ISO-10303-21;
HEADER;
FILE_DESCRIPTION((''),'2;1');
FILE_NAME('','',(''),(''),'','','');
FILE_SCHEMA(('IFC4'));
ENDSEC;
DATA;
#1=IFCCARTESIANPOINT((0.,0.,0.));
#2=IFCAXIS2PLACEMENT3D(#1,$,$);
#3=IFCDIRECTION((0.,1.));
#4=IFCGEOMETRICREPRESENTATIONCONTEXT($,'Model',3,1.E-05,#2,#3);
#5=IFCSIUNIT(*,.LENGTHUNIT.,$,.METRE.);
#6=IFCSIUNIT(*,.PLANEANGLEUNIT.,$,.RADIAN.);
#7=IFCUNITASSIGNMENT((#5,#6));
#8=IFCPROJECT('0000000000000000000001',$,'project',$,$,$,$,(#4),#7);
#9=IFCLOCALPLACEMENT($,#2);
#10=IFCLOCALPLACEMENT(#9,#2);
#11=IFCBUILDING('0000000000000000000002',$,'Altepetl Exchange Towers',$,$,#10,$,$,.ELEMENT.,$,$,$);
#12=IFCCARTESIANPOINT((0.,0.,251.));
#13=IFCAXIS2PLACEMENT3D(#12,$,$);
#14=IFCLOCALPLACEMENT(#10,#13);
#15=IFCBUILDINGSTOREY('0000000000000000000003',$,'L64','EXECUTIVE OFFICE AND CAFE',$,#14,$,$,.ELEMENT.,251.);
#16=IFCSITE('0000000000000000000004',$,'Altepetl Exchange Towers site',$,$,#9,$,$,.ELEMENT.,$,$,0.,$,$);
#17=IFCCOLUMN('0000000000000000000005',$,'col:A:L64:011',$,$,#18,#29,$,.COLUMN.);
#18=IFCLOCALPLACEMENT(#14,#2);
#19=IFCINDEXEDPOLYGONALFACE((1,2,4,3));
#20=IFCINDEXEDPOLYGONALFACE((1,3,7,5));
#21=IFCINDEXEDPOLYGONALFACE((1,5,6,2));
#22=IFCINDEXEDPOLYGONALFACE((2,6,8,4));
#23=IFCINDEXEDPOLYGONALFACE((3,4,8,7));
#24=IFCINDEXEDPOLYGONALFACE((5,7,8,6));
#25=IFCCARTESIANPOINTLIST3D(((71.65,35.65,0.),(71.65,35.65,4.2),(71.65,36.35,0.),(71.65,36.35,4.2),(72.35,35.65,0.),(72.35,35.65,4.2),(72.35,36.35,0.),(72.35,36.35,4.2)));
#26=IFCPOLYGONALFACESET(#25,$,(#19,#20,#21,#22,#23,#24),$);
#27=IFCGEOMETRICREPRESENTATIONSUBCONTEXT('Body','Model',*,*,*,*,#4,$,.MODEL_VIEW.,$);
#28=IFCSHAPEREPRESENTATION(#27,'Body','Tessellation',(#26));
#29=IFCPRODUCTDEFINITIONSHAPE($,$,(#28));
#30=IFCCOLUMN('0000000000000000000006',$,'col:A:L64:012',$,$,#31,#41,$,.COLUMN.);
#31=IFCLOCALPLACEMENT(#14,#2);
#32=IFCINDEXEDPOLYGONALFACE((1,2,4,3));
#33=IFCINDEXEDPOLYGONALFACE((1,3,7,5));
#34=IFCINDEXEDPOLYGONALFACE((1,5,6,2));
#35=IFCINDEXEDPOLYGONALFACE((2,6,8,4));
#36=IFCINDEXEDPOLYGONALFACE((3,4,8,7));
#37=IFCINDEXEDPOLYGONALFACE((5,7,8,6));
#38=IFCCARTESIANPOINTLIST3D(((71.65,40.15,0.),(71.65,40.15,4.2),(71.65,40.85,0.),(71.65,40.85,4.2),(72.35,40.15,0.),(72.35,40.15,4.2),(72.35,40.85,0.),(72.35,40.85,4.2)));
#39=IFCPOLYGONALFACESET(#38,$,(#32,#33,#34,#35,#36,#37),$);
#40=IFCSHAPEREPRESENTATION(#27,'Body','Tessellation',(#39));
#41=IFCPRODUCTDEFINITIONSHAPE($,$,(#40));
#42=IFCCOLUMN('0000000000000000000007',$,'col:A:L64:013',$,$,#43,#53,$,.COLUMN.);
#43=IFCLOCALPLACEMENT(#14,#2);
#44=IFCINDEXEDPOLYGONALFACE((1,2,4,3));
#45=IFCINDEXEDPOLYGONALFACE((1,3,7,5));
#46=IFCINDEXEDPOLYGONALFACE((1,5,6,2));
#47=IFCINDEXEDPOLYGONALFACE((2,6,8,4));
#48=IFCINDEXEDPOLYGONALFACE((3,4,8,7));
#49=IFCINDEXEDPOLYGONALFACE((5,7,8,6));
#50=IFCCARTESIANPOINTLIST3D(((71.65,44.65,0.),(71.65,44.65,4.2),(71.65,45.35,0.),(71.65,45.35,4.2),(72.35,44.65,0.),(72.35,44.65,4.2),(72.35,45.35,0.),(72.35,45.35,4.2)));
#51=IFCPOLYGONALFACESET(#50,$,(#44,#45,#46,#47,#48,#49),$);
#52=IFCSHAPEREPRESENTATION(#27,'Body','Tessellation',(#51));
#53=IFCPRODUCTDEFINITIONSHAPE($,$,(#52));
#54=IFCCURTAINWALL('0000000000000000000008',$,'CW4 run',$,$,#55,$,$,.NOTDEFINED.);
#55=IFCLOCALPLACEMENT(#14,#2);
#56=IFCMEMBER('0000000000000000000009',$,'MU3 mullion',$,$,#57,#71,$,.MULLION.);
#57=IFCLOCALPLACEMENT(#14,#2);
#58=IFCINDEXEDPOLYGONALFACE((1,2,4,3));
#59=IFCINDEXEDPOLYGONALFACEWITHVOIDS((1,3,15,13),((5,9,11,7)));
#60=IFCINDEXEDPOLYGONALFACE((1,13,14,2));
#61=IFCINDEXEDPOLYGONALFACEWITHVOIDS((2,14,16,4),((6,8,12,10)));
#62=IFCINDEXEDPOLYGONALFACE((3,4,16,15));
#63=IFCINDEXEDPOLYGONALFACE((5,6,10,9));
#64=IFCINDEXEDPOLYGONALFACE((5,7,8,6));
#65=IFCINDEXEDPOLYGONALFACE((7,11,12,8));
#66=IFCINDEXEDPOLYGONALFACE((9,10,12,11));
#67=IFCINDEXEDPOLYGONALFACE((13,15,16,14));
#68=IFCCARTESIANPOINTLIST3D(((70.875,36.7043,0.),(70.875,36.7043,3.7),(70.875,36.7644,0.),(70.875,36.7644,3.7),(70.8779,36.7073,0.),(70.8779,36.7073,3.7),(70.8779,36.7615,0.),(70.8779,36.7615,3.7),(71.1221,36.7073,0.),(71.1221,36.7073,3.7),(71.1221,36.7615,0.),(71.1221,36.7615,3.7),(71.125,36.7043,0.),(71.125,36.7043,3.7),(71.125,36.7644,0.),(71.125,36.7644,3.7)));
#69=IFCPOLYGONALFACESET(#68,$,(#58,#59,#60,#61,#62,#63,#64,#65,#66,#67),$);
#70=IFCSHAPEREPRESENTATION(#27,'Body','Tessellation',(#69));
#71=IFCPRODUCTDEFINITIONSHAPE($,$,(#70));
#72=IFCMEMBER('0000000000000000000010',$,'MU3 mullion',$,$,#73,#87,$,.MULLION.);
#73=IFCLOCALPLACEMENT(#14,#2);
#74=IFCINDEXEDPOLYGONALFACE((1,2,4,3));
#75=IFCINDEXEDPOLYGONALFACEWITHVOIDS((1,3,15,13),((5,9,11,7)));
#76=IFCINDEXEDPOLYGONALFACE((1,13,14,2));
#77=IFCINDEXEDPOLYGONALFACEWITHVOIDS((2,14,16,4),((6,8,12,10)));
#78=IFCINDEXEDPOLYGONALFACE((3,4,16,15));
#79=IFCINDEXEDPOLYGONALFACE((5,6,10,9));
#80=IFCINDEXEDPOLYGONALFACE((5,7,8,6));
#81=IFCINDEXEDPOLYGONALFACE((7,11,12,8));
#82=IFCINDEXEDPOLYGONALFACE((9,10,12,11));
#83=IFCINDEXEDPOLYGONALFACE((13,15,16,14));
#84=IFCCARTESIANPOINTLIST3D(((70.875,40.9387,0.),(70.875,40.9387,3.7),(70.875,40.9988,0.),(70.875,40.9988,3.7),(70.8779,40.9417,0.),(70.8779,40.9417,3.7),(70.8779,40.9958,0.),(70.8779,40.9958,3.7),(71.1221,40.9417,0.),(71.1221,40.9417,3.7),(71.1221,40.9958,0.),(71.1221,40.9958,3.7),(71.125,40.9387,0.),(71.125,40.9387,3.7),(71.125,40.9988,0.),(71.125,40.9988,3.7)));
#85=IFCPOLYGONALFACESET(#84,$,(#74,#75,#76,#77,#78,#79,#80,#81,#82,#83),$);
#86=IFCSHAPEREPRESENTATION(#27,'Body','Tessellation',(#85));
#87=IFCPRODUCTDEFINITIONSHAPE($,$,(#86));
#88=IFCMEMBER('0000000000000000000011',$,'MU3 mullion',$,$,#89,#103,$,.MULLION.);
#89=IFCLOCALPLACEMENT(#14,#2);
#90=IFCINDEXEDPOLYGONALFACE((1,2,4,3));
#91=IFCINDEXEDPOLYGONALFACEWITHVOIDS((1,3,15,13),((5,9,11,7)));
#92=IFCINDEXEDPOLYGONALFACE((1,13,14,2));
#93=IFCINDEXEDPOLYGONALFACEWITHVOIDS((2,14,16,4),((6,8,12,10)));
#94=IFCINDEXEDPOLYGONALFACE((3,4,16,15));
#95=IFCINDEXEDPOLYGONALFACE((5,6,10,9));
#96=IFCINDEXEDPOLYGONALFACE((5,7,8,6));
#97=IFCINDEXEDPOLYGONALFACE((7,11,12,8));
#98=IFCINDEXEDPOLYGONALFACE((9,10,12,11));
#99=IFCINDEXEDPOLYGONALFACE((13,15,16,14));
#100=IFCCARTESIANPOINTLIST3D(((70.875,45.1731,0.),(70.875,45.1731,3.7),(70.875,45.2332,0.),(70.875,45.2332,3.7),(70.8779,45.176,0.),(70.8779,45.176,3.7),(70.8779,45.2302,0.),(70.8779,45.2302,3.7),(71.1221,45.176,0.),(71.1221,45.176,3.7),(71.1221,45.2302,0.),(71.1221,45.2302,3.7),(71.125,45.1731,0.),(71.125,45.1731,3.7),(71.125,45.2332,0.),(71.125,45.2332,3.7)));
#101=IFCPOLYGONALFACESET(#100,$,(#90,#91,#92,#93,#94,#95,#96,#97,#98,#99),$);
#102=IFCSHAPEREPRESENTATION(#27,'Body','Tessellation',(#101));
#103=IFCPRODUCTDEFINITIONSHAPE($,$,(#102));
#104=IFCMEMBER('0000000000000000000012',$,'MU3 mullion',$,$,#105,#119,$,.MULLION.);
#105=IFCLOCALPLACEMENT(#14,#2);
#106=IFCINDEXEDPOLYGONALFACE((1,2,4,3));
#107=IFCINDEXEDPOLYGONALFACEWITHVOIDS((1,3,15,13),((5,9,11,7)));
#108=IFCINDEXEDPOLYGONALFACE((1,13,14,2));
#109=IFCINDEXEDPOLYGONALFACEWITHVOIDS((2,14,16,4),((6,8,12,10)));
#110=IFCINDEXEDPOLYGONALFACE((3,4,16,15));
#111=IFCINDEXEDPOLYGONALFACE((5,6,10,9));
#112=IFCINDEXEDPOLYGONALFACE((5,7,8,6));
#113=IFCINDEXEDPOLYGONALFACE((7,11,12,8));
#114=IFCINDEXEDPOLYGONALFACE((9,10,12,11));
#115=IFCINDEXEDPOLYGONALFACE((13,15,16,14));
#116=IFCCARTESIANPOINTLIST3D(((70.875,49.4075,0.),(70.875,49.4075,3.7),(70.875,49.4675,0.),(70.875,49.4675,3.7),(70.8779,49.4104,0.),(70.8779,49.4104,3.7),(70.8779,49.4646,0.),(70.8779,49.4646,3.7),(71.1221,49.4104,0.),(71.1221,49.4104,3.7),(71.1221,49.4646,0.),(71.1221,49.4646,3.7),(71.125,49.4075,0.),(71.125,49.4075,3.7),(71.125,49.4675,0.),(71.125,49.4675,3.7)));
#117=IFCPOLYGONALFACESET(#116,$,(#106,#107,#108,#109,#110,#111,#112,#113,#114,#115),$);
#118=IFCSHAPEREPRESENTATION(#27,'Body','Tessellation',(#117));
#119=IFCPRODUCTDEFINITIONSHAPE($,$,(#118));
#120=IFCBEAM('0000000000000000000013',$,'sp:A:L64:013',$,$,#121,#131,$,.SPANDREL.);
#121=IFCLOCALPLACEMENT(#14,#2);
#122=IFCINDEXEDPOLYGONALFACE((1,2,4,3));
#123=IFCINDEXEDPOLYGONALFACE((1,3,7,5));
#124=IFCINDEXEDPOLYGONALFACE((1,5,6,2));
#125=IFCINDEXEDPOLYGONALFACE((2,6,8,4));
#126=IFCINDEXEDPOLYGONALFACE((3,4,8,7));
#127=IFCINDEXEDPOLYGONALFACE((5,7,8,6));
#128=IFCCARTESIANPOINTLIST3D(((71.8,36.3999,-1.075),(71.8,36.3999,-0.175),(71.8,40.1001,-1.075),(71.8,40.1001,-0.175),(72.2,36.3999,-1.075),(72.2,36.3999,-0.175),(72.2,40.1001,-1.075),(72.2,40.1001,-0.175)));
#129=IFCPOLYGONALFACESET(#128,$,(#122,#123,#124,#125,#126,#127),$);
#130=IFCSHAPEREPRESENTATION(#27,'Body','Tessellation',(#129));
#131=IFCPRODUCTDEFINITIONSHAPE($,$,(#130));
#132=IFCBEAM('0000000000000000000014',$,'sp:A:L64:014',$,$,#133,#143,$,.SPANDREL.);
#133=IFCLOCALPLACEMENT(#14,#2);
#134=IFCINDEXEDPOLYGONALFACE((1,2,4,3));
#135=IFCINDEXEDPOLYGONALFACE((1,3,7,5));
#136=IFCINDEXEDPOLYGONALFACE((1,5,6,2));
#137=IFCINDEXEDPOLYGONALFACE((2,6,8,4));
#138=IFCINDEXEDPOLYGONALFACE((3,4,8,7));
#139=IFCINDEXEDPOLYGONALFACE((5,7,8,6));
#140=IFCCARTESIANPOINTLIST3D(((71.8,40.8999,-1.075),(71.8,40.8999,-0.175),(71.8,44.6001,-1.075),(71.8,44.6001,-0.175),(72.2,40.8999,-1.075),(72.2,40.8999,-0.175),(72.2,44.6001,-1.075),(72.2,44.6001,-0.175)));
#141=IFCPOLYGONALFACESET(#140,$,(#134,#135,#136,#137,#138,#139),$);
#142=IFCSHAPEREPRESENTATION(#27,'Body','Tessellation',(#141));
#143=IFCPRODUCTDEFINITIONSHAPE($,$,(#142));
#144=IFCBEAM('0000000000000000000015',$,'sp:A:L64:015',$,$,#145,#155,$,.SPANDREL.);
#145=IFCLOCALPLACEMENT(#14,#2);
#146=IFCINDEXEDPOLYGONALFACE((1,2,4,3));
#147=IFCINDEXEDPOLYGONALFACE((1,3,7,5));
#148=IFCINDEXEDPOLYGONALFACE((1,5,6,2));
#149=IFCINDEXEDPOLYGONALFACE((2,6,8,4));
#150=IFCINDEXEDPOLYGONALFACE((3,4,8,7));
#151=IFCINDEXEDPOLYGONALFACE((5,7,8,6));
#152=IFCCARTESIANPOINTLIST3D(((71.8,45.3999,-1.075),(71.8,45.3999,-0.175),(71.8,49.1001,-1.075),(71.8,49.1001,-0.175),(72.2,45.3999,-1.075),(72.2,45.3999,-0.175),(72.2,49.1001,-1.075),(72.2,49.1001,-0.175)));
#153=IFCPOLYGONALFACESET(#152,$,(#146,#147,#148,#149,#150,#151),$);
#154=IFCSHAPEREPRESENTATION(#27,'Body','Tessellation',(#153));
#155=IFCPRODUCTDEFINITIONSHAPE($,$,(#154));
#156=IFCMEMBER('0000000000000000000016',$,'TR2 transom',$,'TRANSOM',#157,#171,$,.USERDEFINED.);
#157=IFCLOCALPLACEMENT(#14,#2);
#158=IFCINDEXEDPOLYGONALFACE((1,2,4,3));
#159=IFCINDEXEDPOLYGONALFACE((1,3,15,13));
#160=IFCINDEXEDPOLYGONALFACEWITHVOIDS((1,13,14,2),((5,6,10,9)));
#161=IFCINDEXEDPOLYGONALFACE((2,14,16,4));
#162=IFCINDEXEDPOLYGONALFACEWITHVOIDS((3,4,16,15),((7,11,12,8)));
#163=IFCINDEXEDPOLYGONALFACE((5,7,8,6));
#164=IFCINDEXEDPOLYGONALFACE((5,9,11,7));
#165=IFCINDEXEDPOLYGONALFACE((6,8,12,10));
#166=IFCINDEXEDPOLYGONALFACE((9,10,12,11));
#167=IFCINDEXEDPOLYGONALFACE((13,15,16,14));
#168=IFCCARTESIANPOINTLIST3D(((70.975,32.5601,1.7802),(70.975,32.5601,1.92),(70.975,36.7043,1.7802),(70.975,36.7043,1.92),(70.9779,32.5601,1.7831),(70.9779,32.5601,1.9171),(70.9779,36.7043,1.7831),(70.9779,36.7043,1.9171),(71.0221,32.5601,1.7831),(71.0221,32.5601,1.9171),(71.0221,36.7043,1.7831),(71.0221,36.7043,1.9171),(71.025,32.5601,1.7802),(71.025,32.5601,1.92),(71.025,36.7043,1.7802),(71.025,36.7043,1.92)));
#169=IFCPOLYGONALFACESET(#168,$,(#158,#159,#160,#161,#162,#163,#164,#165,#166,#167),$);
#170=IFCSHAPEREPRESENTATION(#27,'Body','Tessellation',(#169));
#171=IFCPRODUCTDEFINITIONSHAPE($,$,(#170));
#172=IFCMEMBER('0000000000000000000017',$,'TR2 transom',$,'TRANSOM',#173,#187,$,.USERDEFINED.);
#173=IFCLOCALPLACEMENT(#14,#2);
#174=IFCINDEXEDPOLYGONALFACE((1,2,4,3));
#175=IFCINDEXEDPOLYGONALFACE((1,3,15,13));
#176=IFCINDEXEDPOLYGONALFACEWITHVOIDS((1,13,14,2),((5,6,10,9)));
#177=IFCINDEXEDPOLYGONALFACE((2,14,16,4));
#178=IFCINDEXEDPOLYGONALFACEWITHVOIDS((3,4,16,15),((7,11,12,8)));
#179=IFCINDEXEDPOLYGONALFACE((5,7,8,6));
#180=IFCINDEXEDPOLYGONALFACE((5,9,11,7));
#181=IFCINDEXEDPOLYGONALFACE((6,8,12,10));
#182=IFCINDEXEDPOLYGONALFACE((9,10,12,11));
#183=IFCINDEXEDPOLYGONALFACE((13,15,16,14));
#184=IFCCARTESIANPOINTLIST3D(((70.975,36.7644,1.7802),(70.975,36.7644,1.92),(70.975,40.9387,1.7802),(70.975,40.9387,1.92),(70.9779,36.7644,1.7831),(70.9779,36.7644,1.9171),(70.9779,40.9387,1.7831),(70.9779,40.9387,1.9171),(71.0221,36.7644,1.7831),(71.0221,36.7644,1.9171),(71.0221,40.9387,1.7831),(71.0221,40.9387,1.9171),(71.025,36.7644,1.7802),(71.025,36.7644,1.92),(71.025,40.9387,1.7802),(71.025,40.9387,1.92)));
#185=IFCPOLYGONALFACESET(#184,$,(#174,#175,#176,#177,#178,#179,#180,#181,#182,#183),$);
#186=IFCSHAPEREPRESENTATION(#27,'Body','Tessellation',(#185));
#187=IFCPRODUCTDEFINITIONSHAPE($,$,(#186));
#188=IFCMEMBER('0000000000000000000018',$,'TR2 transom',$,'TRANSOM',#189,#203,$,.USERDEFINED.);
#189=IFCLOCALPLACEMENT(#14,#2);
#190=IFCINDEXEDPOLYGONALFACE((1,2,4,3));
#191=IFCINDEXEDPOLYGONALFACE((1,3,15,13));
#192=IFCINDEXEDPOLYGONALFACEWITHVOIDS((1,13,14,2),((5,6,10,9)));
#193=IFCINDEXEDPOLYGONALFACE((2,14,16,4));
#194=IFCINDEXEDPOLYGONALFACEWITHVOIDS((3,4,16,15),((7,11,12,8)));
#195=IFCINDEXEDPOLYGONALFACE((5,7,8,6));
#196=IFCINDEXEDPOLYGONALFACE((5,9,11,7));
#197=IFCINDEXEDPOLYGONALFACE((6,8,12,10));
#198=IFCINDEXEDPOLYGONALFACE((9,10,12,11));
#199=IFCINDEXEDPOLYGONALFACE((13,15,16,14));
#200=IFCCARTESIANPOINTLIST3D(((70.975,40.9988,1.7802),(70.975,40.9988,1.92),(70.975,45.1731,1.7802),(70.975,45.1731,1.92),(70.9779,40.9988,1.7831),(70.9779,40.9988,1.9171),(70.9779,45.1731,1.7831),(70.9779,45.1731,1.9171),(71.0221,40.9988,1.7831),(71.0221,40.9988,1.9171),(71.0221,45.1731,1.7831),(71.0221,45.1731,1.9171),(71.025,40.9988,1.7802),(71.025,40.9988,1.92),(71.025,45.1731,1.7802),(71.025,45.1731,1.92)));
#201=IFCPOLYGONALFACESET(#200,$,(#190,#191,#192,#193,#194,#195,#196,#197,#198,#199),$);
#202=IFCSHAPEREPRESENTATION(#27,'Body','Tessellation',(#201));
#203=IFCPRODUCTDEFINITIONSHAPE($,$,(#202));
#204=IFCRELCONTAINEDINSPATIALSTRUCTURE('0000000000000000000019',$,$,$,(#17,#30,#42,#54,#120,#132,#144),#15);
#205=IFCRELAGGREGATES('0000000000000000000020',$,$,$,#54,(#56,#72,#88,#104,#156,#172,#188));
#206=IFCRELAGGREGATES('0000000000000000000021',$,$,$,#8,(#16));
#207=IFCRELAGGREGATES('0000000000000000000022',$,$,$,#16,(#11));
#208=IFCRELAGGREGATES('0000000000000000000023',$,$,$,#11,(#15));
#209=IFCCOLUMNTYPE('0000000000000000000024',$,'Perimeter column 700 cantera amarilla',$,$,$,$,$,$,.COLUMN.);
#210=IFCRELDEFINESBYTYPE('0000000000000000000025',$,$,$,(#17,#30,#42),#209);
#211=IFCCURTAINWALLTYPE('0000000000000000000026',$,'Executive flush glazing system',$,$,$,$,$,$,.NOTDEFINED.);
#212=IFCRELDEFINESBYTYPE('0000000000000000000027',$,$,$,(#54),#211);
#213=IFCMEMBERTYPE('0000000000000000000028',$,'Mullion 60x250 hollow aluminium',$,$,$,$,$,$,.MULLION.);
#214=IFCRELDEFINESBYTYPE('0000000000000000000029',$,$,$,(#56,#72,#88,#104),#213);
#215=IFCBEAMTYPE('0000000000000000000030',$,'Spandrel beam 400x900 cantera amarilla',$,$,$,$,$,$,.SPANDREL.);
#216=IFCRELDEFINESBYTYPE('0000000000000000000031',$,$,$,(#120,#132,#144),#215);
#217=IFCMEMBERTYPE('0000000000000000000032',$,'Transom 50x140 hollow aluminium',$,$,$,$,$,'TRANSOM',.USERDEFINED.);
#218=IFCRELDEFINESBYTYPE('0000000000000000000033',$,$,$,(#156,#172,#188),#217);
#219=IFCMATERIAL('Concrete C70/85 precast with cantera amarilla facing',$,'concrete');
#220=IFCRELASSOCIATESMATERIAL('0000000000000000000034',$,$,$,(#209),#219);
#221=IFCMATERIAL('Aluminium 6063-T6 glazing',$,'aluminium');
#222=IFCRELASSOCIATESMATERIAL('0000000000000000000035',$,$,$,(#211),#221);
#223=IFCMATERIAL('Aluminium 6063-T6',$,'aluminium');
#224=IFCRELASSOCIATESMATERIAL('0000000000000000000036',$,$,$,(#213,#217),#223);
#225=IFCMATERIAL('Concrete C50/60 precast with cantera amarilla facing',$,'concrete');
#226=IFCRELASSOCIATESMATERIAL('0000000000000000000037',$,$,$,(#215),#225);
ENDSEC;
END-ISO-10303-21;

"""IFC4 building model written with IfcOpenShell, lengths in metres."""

from ifc_helpers import new_model, si_unit, direction, frame, origin, origin_2d, place, context, subcontext, project, spatial, rectangle, hollow_rectangle, extrude, material, material_profile, profile_set, type_object, element, aggregate, save


model = new_model("IFC4")

# Units and contexts
model_context = context("Model", 3, precision=1e-05, world=origin(), true_north=direction((0.0, 1.0)))
body_context = subcontext(model_context, "Body", "Model", "MODEL_VIEW")
ifc_project = project(units=[si_unit("LENGTHUNIT", "METRE"), si_unit("PLANEANGLEUNIT", "RADIAN")], contexts=[model_context])

# Site, building, storey
site_placement = place(None, origin())
site = spatial("IfcSite", under=ifc_project, at=site_placement, Name="Altepetl Exchange Towers site", CompositionType="ELEMENT", RefElevation=0.0)
building_placement = place(site_placement, origin())
building = spatial("IfcBuilding", under=site, at=building_placement, Name="Altepetl Exchange Towers", CompositionType="ELEMENT")
storey_placement = place(building_placement, frame((0.0, 0.0, 251.0)))
storey = spatial("IfcBuildingStorey", under=building, at=storey_placement, Name="L64", Description="EXECUTIVE OFFICE AND CAFE", CompositionType="ELEMENT", Elevation=251.0)

# Columns
ifc_material_1 = material(Name="Concrete C70/85 precast with cantera amarilla facing", Category="concrete")
ifc_material_profile_1 = material_profile(ifc_material_1, rectangle(XDim=0.7, YDim=0.7, at=origin_2d()), Name="700 x 700")
ifc_profile_set_1 = profile_set([ifc_material_profile_1], Name="Concrete C70/85 precast with cantera amarilla facing")
column_type = type_object("IfcColumnType", Name="Perimeter column 700 cantera amarilla", PredefinedType="COLUMN", material=ifc_profile_set_1)
for number, where, name in (
    (1, (72.0, 36.0, 0.0), "col:A:L64:011"),
    (2, (72.0, 40.5, 0.0), "col:A:L64:012"),
    (3, (72.0, 45.0, 0.0), "col:A:L64:013"),
):
    element("IfcColumn", number, at=place(storey_placement, frame(where)), inside=storey, type_object=column_type, Name=name, PredefinedType="COLUMN", context=body_context, shape_type="SweptSolid", body=[
        extrude(rectangle(XDim=0.7, YDim=0.7, at=origin_2d()), origin(), (0.0, 0.0, 1.0), 4.2),
    ])

# Curtain wall, members
ifc_material_2 = material(Name="Aluminium 6063-T6 glazing", Category="aluminium")
curtain_wall_type = type_object("IfcCurtainWallType", Name="Executive flush glazing system", PredefinedType="NOTDEFINED", material=ifc_material_2)
curtain_wall_placement = place(storey_placement, origin())
curtain_wall = element("IfcCurtainWall", 4, at=curtain_wall_placement, inside=storey, type_object=curtain_wall_type, Name="CW4 run", PredefinedType="NOTDEFINED")
ifc_material_3 = material(Name="Aluminium 6063-T6", Category="aluminium")
ifc_material_profile_2 = material_profile(ifc_material_3, hollow_rectangle(XDim=0.0601, YDim=0.25, WallThickness=0.0029, at=origin_2d()), Name="Mullion 60x250 hollow aluminium")
ifc_profile_set_2 = profile_set([ifc_material_profile_2], Name="Aluminium 6063-T6")
member_type_1 = type_object("IfcMemberType", Name="Mullion 60x250 hollow aluminium", PredefinedType="MULLION", material=ifc_profile_set_2)
member_1_placement = place(storey_placement, frame((71.0, 36.7344, 0.0), z_axis=(0.0, 0.0, 1.0), x_axis=(0.0, 1.0, 0.0)))
member_1 = element("IfcMember", 5, at=member_1_placement, type_object=member_type_1, Name="MU3 mullion", PredefinedType="MULLION", context=body_context, shape_type="SweptSolid", body=[
    extrude(hollow_rectangle(XDim=0.0601, YDim=0.25, WallThickness=0.0029, at=origin_2d()), origin(), (0.0, 0.0, 1.0), 3.7),
])
member_2_placement = place(storey_placement, frame((71.0, 40.9688, 0.0), z_axis=(0.0, 0.0, 1.0), x_axis=(0.0, 1.0, 0.0)))
member_2 = element("IfcMember", 6, at=member_2_placement, type_object=member_type_1, Name="MU3 mullion", PredefinedType="MULLION", context=body_context, shape_type="SweptSolid", body=[
    extrude(hollow_rectangle(XDim=0.0601, YDim=0.25, WallThickness=0.0029, at=origin_2d()), origin(), (0.0, 0.0, 1.0), 3.7),
])
member_3_placement = place(storey_placement, frame((71.0, 45.2031, 0.0), z_axis=(0.0, 0.0, 1.0), x_axis=(0.0, 1.0, 0.0)))
member_3 = element("IfcMember", 7, at=member_3_placement, type_object=member_type_1, Name="MU3 mullion", PredefinedType="MULLION", context=body_context, shape_type="SweptSolid", body=[
    extrude(hollow_rectangle(XDim=0.0601, YDim=0.25, WallThickness=0.0029, at=origin_2d()), origin(), (0.0, 0.0, 1.0), 3.7),
])
member_4_placement = place(storey_placement, frame((71.0, 49.4375, 0.0), z_axis=(0.0, 0.0, 1.0), x_axis=(0.0, 1.0, 0.0)))
member_4 = element("IfcMember", 8, at=member_4_placement, type_object=member_type_1, Name="MU3 mullion", PredefinedType="MULLION", context=body_context, shape_type="SweptSolid", body=[
    extrude(hollow_rectangle(XDim=0.0601, YDim=0.25, WallThickness=0.0029, at=origin_2d()), origin(), (0.0, 0.0, 1.0), 3.7),
])

# Beams
ifc_material_4 = material(Name="Concrete C50/60 precast with cantera amarilla facing", Category="concrete")
ifc_material_profile_3 = material_profile(ifc_material_4, rectangle(XDim=0.3999, YDim=0.8999, at=origin_2d()), Name="400 x 900")
ifc_profile_set_3 = profile_set([ifc_material_profile_3], Name="Concrete C50/60 precast with cantera amarilla facing")
beam_type = type_object("IfcBeamType", Name="Spandrel beam 400x900 cantera amarilla", PredefinedType="SPANDREL", material=ifc_profile_set_3)
for number, where, z_axis, x_axis, name in (
    (9, (72.0, 36.3999, -0.625), (0.0, 1.0, 0.0), (-1.0, 0.0, 0.0), "sp:A:L64:013"),
    (10, (72.0, 40.8999, -0.625), (0.0, 1.0, 0.0), (-1.0, 0.0, 0.0), "sp:A:L64:014"),
    (11, (72.0, 45.3999, -0.625), (0.0, 1.0, 0.0), (-1.0, 0.0, 0.0), "sp:A:L64:015"),
):
    element("IfcBeam", number, at=place(storey_placement, frame(where, z_axis=z_axis, x_axis=x_axis)), inside=storey, type_object=beam_type, Name=name, PredefinedType="SPANDREL", context=body_context, shape_type="SweptSolid", body=[
        extrude(rectangle(XDim=0.3999, YDim=0.8999, at=origin_2d()), origin(), (0.0, 0.0, 1.0), 3.7002),
    ])

# Members
ifc_material_profile_4 = material_profile(ifc_material_3, hollow_rectangle(XDim=0.05, YDim=0.1399, WallThickness=0.0029, at=origin_2d()), Name="Transom 50x140 hollow aluminium")
ifc_profile_set_4 = profile_set([ifc_material_profile_4], Name="Aluminium 6063-T6")
member_type_2 = type_object("IfcMemberType", Name="Transom 50x140 hollow aluminium", ElementType="TRANSOM", PredefinedType="USERDEFINED", material=ifc_profile_set_4)
member_5_placement = place(storey_placement, frame((71.0, 32.5601, 1.8501), z_axis=(0.0, 1.0, 0.0), x_axis=(-1.0, 0.0, 0.0)))
member_5 = element("IfcMember", 12, at=member_5_placement, type_object=member_type_2, Name="TR2 transom", ObjectType="TRANSOM", PredefinedType="USERDEFINED", context=body_context, shape_type="SweptSolid", body=[
    extrude(hollow_rectangle(XDim=0.05, YDim=0.1399, WallThickness=0.0029, at=origin_2d()), origin(), (0.0, 0.0, 1.0), 4.1443),
])
member_6_placement = place(storey_placement, frame((71.0, 36.7644, 1.8501), z_axis=(0.0, 1.0, 0.0), x_axis=(-1.0, 0.0, 0.0)))
member_6 = element("IfcMember", 13, at=member_6_placement, type_object=member_type_2, Name="TR2 transom", ObjectType="TRANSOM", PredefinedType="USERDEFINED", context=body_context, shape_type="SweptSolid", body=[
    extrude(hollow_rectangle(XDim=0.05, YDim=0.1399, WallThickness=0.0029, at=origin_2d()), origin(), (0.0, 0.0, 1.0), 4.1743),
])
member_7_placement = place(storey_placement, frame((71.0, 40.9988, 1.8501), z_axis=(0.0, 1.0, 0.0), x_axis=(-1.0, 0.0, 0.0)))
member_7 = element("IfcMember", 14, at=member_7_placement, type_object=member_type_2, Name="TR2 transom", ObjectType="TRANSOM", PredefinedType="USERDEFINED", context=body_context, shape_type="SweptSolid", body=[
    extrude(hollow_rectangle(XDim=0.05, YDim=0.1399, WallThickness=0.0029, at=origin_2d()), origin(), (0.0, 0.0, 1.0), 4.1743),
])

aggregate(curtain_wall, [member_1, member_2, member_3, member_4, member_5, member_6, member_7])

save(model, "model.ifc")
